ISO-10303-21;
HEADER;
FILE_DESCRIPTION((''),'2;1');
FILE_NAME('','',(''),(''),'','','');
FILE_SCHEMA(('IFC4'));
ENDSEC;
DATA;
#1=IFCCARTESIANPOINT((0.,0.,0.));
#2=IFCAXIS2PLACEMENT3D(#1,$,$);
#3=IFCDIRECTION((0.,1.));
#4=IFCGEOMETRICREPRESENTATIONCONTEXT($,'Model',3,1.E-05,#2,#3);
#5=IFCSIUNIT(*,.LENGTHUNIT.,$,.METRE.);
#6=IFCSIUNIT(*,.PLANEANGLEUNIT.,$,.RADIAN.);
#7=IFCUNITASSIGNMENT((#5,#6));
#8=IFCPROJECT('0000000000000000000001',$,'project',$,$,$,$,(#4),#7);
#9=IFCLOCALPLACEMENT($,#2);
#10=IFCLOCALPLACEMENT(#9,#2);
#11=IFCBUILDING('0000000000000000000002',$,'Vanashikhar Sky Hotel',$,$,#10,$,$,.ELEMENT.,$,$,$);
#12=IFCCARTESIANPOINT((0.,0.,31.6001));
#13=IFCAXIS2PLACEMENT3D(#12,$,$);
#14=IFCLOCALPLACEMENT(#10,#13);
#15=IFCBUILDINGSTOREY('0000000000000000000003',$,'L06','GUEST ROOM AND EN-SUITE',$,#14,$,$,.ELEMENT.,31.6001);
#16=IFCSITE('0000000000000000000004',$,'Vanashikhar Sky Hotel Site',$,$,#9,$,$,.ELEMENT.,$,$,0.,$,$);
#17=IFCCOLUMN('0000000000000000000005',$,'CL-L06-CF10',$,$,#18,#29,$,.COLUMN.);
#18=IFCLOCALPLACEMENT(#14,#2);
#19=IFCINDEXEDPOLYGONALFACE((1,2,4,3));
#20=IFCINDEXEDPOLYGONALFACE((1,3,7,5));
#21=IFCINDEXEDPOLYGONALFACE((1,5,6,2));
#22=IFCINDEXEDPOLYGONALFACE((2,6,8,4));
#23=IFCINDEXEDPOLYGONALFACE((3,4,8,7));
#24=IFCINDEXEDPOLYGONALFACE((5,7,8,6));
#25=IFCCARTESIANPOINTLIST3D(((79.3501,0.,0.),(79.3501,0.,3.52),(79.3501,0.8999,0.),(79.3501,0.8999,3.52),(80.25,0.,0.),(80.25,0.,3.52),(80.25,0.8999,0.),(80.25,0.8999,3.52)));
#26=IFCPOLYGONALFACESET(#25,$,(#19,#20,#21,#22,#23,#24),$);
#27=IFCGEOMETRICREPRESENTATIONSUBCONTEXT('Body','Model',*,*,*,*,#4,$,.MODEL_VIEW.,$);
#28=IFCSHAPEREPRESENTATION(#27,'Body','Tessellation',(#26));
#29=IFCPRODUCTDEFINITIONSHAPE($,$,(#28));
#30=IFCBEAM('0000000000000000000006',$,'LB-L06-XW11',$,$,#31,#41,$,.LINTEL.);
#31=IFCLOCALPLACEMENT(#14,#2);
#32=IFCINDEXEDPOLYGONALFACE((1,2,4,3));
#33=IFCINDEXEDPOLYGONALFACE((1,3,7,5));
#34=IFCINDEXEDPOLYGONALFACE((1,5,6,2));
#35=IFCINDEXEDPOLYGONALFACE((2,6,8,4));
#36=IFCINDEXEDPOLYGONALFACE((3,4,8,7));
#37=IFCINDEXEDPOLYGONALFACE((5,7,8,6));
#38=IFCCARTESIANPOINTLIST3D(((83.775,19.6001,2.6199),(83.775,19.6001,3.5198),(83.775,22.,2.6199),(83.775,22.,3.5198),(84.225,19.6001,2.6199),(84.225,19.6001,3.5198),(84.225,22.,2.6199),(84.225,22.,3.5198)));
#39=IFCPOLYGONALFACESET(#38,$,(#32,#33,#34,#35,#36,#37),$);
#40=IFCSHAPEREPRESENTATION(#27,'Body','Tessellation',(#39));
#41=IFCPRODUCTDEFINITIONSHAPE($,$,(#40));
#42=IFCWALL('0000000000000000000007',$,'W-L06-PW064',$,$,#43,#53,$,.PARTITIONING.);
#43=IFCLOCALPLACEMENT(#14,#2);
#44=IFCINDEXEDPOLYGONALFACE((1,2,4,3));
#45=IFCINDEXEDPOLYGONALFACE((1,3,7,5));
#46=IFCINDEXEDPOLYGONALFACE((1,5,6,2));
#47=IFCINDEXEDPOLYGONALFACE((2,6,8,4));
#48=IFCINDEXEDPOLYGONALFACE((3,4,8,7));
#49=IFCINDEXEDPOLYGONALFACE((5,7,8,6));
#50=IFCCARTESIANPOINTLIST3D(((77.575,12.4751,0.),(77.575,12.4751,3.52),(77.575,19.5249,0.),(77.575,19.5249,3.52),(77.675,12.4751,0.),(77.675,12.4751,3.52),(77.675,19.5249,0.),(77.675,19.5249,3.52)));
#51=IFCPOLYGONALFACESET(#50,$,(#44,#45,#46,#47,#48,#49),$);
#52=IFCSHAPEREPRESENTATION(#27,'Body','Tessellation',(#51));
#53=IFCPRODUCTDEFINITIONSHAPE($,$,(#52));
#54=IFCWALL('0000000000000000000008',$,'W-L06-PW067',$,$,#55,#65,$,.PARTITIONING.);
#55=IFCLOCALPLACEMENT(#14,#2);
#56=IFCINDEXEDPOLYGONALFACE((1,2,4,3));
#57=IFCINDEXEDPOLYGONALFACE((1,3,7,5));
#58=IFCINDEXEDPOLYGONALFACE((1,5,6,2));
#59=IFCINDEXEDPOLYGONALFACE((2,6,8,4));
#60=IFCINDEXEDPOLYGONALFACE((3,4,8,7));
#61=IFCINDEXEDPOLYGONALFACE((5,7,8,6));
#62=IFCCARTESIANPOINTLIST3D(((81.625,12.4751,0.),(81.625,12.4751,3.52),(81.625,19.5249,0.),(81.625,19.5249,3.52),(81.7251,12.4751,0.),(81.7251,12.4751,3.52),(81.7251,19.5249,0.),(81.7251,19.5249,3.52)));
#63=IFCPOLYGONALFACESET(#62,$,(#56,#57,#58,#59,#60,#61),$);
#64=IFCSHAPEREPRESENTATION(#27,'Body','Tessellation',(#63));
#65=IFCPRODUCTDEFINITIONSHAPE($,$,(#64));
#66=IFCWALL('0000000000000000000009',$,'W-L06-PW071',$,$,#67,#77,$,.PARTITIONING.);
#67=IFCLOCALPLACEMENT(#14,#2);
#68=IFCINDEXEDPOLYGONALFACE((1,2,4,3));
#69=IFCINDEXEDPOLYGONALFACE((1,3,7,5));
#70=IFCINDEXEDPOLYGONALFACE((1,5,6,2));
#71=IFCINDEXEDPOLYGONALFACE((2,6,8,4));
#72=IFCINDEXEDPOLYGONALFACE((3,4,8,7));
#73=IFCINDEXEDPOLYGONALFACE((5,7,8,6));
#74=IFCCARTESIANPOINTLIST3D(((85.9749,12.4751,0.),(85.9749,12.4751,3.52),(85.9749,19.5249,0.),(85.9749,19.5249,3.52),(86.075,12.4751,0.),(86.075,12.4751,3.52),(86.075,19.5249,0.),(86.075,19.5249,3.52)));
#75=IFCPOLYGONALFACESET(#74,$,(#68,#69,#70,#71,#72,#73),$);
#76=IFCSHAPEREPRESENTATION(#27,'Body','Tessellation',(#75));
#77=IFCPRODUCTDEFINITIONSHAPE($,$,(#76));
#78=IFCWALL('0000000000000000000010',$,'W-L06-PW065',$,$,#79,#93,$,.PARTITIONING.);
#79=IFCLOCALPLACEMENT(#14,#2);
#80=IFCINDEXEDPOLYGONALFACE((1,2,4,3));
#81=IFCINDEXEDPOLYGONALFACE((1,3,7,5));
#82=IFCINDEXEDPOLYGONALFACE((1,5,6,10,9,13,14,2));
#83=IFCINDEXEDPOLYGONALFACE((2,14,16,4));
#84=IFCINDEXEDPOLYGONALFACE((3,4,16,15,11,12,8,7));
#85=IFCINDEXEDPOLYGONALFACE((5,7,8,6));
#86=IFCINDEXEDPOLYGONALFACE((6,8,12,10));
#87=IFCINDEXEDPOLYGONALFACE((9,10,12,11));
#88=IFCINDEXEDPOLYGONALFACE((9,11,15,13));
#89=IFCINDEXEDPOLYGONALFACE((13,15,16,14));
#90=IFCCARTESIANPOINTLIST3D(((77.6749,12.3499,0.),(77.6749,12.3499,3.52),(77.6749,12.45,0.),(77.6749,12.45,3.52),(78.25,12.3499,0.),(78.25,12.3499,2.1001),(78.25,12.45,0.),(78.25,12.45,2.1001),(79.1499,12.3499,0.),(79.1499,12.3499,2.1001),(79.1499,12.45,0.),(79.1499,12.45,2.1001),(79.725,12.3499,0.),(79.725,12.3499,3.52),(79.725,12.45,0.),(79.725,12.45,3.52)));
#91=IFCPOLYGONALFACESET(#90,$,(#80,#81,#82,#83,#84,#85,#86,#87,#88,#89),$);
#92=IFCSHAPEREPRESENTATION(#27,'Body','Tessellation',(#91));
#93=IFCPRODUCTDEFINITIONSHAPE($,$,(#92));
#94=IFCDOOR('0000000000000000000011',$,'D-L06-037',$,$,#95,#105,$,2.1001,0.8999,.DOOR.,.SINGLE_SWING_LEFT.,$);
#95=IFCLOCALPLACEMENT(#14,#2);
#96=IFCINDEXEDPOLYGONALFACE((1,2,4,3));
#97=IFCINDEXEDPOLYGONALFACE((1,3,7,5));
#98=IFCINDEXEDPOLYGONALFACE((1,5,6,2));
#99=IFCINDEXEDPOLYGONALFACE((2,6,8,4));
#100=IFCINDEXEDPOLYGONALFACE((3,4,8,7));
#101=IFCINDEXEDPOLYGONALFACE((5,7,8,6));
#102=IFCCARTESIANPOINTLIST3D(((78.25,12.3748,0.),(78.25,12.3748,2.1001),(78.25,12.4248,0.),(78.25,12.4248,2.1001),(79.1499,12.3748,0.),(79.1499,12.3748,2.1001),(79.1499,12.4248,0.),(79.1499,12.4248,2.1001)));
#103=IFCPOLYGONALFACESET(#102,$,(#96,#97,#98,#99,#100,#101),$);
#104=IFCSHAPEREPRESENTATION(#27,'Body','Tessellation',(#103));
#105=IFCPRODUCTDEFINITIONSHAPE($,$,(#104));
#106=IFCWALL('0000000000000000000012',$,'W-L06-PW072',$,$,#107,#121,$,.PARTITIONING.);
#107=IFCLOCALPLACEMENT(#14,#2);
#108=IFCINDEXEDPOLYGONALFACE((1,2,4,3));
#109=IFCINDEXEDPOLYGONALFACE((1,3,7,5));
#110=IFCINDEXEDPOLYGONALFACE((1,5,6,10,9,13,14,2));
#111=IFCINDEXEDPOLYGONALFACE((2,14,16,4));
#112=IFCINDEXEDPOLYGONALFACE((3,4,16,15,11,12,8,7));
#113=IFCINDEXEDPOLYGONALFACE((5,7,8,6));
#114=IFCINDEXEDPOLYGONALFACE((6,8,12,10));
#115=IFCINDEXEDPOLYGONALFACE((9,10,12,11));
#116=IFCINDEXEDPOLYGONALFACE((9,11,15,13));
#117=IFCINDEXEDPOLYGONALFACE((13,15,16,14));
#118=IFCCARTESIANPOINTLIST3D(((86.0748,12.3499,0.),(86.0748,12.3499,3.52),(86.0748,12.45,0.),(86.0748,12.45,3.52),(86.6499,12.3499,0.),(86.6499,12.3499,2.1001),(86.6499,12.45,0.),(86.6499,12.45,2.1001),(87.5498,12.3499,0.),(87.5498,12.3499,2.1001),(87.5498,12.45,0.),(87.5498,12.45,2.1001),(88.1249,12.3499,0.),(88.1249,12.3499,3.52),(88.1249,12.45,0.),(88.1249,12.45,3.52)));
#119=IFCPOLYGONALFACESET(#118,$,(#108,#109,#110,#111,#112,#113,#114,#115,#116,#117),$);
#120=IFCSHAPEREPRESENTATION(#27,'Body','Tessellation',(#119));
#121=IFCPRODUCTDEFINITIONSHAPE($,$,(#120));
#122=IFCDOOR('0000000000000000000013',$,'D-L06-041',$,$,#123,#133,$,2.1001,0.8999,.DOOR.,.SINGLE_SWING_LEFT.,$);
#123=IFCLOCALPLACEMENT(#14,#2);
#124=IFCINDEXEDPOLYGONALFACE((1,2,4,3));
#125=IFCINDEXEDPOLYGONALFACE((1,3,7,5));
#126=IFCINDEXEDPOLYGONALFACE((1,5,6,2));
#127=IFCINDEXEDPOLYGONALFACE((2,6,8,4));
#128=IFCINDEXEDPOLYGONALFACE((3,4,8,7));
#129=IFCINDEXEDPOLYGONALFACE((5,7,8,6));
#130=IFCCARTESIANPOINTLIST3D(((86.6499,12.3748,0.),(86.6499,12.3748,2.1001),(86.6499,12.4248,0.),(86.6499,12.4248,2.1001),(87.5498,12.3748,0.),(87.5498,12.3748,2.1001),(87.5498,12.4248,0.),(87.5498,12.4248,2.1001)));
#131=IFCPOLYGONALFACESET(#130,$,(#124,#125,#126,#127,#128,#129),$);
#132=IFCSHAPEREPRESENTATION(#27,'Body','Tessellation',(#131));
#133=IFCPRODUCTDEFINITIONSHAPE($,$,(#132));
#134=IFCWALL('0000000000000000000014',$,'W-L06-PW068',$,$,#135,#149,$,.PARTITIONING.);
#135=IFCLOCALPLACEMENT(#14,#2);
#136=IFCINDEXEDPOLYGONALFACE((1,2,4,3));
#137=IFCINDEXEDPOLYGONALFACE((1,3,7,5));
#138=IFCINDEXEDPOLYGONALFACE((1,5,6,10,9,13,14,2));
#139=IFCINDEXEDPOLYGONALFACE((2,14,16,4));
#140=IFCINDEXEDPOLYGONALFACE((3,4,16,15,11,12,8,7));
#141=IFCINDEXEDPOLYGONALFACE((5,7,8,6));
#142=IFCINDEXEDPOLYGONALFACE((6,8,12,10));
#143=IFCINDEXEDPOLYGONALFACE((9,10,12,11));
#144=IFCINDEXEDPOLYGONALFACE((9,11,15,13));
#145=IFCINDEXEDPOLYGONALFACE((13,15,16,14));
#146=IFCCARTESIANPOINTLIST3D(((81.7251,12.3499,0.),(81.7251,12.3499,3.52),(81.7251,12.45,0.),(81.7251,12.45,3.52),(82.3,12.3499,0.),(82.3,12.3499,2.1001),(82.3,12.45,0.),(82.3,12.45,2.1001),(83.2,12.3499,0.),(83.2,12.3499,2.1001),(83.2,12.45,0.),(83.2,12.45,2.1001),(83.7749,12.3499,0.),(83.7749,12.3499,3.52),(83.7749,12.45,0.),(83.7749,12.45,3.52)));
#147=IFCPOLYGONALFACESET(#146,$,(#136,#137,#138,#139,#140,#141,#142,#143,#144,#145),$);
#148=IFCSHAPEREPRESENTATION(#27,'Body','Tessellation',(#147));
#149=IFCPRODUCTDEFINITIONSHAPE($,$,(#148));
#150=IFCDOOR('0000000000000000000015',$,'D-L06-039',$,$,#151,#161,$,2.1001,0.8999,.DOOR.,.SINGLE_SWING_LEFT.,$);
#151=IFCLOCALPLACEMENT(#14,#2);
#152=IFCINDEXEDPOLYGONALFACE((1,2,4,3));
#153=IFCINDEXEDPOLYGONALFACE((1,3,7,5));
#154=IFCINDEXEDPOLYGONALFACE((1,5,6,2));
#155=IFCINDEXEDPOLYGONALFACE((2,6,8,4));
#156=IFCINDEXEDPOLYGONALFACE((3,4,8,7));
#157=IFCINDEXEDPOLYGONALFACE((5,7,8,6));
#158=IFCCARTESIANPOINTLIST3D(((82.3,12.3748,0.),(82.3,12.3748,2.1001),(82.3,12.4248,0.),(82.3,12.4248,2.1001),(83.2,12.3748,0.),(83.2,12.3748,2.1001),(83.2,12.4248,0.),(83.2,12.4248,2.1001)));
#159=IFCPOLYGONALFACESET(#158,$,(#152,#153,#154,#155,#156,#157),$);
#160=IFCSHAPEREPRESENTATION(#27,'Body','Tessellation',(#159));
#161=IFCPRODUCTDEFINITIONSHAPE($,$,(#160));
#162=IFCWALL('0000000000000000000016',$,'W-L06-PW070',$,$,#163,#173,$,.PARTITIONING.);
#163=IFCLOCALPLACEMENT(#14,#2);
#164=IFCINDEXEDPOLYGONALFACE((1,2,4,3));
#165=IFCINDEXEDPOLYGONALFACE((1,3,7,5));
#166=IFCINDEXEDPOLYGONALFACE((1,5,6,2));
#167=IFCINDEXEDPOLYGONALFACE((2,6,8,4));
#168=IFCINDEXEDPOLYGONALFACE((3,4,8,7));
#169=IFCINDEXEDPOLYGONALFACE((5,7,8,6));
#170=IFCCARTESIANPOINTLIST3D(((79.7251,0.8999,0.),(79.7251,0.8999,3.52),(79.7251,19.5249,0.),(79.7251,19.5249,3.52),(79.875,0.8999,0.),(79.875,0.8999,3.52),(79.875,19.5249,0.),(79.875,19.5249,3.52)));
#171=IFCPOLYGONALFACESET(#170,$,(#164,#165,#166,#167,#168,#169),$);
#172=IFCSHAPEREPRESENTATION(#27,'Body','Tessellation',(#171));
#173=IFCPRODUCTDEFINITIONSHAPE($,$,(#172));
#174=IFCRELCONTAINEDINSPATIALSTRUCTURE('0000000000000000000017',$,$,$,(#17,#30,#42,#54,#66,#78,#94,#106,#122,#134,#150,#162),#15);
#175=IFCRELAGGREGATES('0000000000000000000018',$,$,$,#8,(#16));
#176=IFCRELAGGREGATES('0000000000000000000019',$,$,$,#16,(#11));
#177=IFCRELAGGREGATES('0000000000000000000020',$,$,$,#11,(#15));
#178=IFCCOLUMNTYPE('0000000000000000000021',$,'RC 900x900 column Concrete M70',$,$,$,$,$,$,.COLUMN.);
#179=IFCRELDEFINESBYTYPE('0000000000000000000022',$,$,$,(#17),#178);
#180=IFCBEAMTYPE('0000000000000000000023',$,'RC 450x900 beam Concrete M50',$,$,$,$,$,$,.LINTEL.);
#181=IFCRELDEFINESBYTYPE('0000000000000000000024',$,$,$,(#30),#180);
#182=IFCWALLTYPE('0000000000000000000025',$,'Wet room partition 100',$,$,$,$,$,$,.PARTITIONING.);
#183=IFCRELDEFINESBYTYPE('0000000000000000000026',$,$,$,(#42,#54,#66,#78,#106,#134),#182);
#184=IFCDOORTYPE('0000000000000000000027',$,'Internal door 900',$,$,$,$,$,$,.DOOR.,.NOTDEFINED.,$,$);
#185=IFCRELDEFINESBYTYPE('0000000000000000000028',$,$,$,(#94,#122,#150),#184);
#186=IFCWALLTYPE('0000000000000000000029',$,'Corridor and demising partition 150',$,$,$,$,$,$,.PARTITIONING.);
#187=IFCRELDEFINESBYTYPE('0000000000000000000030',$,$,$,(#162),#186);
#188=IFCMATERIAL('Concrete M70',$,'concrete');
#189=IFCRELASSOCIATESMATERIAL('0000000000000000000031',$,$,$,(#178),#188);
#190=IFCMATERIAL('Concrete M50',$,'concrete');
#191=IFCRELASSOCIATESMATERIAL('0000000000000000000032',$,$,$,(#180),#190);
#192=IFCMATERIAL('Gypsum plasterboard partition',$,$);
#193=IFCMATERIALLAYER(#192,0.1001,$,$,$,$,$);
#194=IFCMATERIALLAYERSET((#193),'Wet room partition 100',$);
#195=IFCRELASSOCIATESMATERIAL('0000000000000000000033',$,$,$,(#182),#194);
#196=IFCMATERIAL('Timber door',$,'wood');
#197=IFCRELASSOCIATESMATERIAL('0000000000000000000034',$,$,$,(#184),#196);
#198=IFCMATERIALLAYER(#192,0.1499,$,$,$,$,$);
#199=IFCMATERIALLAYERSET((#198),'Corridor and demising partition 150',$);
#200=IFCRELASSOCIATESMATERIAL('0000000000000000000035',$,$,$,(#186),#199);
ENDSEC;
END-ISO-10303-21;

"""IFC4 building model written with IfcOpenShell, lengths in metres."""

from ifc_helpers import new_model, si_unit, direction, frame, frame_2d, origin, origin_2d, place, context, subcontext, project, spatial, rectangle, extrude, source, transform, mapped, material, layer, layer_set, material_profile, profile_set, type_object, element, fill, save


model = new_model("IFC4")

# Units and contexts
model_context = context("Model", 3, precision=1e-05, world=origin(), true_north=direction((0.0, 1.0)))
body_context = subcontext(model_context, "Body", "Model", "MODEL_VIEW")
ifc_project = project(units=[si_unit("LENGTHUNIT", "METRE"), si_unit("PLANEANGLEUNIT", "RADIAN")], contexts=[model_context])

# Site, building, storey
site_placement = place(None, origin())
site = spatial("IfcSite", under=ifc_project, at=site_placement, Name="Vanashikhar Sky Hotel Site", CompositionType="ELEMENT", RefElevation=0.0)
building_placement = place(site_placement, origin())
building = spatial("IfcBuilding", under=site, at=building_placement, Name="Vanashikhar Sky Hotel", CompositionType="ELEMENT")
storey_placement = place(building_placement, frame((0.0, 0.0, 31.6001)))
storey = spatial("IfcBuildingStorey", under=building, at=storey_placement, Name="L06", Description="GUEST ROOM AND EN-SUITE", CompositionType="ELEMENT", Elevation=31.6001)

# Column
ifc_material_1 = material(Name="Concrete M70", Category="concrete")
ifc_material_profile_1 = material_profile(ifc_material_1, rectangle(XDim=0.8999, YDim=0.8999, at=origin_2d()))
ifc_profile_set_1 = profile_set([ifc_material_profile_1], Name="RC 900x900 column Concrete M70")
column_type = type_object("IfcColumnType", Name="RC 900x900 column Concrete M70", PredefinedType="COLUMN", material=ifc_profile_set_1)
shared_shape_1 = source(origin(), body_context, "Body", "SweptSolid", [
    extrude(rectangle(XDim=0.8999, YDim=0.8999, at=origin_2d()), origin(), (0.0, 0.0, 1.0), 3.52),
])
column_placement = place(storey_placement, frame((79.8, 0.45, 0.0), z_axis=(0.0, 0.0, 1.0), x_axis=(1.0, 0.0, 0.0)))
element("IfcColumn", 1, at=column_placement, inside=storey, type_object=column_type, Name="CL-L06-CF10", PredefinedType="COLUMN", context=body_context, shape_type="MappedRepresentation", body=[
    mapped(shared_shape_1, transform((0.0, 0.0, 0.0), scale=1.0)),
])

# Beam
ifc_material_2 = material(Name="Concrete M50", Category="concrete")
ifc_material_profile_2 = material_profile(ifc_material_2, rectangle(XDim=0.45, YDim=0.8999, at=origin_2d()))
ifc_profile_set_2 = profile_set([ifc_material_profile_2], Name="RC 450x900 beam Concrete M50")
beam_type = type_object("IfcBeamType", Name="RC 450x900 beam Concrete M50", PredefinedType="LINTEL", material=ifc_profile_set_2)
shared_shape_2 = source(origin(), body_context, "Body", "SweptSolid", [
    extrude(rectangle(XDim=0.45, YDim=0.8999, at=origin_2d()), origin(), (0.0, 0.0, 1.0), 2.3999),
])
beam_placement = place(storey_placement, frame((84.0, 19.6001, 3.0698), z_axis=(0.0, 1.0, 0.0), x_axis=(-1.0, 0.0, 0.0)))
element("IfcBeam", 2, at=beam_placement, inside=storey, type_object=beam_type, Name="LB-L06-XW11", PredefinedType="LINTEL", context=body_context, shape_type="MappedRepresentation", body=[
    mapped(shared_shape_2, transform((0.0, 0.0, 0.0), scale=1.0)),
])

# Walls
ifc_material_3 = material(Name="Gypsum plasterboard partition")
ifc_layer_1 = layer(ifc_material_3, 0.1001)
ifc_layer_set_1 = layer_set([ifc_layer_1], Name="Wet room partition 100")
wall_type_1 = type_object("IfcWallType", Name="Wet room partition 100", PredefinedType="PARTITIONING", material=ifc_layer_set_1)
shared_shape_3 = source(origin(), body_context, "Body", "SweptSolid", [
    extrude(rectangle(XDim=7.0498, YDim=0.1001, at=frame_2d((3.5249, 0.0))), origin(), (0.0, 0.0, 1.0), 3.52),
])
for number, where, z_axis, x_axis, name in (
    (3, (77.625, 12.4751, 0.0), (0.0, 0.0, 1.0), (0.0, 1.0, 0.0), "W-L06-PW064"),
    (4, (81.675, 12.4751, 0.0), (0.0, 0.0, 1.0), (0.0, 1.0, 0.0), "W-L06-PW067"),
    (5, (86.0249, 12.4751, 0.0), (0.0, 0.0, 1.0), (0.0, 1.0, 0.0), "W-L06-PW071"),
):
    element("IfcWall", number, at=place(storey_placement, frame(where, z_axis=z_axis, x_axis=x_axis)), inside=storey, type_object=wall_type_1, Name=name, PredefinedType="PARTITIONING", context=body_context, shape_type="MappedRepresentation", body=[
        mapped(shared_shape_3, transform((0.0, 0.0, 0.0), scale=1.0)),
    ])

# Walls, openings, doors
shared_shape_4 = source(origin(), body_context, "Body", "SweptSolid", [
    extrude(rectangle(XDim=2.05, YDim=0.1001, at=frame_2d((1.0249, 0.0))), origin(), (0.0, 0.0, 1.0), 3.52),
])
wall_1_placement = place(storey_placement, frame((77.675, 12.3999, 0.0), z_axis=(0.0, 0.0, 1.0), x_axis=(1.0, 0.0, 0.0)))
wall_1 = element("IfcWall", 6, at=wall_1_placement, inside=storey, type_object=wall_type_1, Name="W-L06-PW065", PredefinedType="PARTITIONING", context=body_context, shape_type="MappedRepresentation", body=[
    mapped(shared_shape_4, transform((0.0, 0.0, 0.0), scale=1.0)),
])
shared_shape_5 = source(origin(), body_context, "Body", "SweptSolid", [
    extrude(rectangle(XDim=0.8999, YDim=2.1001, at=frame_2d((0.45, 1.05))), frame((0.0, 0.0601, 0.0), z_axis=(0.0, -1.0, 0.0), x_axis=(1.0, 0.0, 0.0)), (0.0, 0.0, 1.0), 0.1201),
])
opening_1_placement = place(wall_1_placement, frame((0.575, 0.0, 0.0)))
opening_1 = element("IfcOpeningElement", 7, at=opening_1_placement, cuts=wall_1, PredefinedType="OPENING", context=body_context, shape_type="MappedRepresentation", body=[
    mapped(shared_shape_5, transform((0.0, 0.0, 0.0), scale=1.0)),
])
ifc_material_4 = material(Name="Timber door", Category="wood")
door_type_1 = type_object("IfcDoorType", Name="Internal door 900", OperationType="NOTDEFINED", PredefinedType="DOOR", material=ifc_material_4)
shared_shape_6 = source(origin(), body_context, "Body", "SweptSolid", [
    extrude(rectangle(XDim=0.8999, YDim=2.1001, at=frame_2d((0.45, 1.05))), frame((0.0, 0.0249, 0.0), z_axis=(0.0, -1.0, 0.0), x_axis=(1.0, 0.0, 0.0)), (0.0, 0.0, 1.0), 0.05),
])
door_1_placement = place(opening_1_placement, origin())
door_1 = element("IfcDoor", 8, at=door_1_placement, inside=storey, type_object=door_type_1, Name="D-L06-037", OperationType="SINGLE_SWING_LEFT", OverallHeight=2.1001, OverallWidth=0.8999, PredefinedType="DOOR", context=body_context, shape_type="MappedRepresentation", body=[
    mapped(shared_shape_6, transform((0.0, 0.0, 0.0), scale=1.0)),
])
fill(opening_1, door_1)
wall_2_placement = place(storey_placement, frame((86.075, 12.3999, 0.0), z_axis=(0.0, 0.0, 1.0), x_axis=(1.0, 0.0, 0.0)))
wall_2 = element("IfcWall", 9, at=wall_2_placement, inside=storey, type_object=wall_type_1, Name="W-L06-PW072", PredefinedType="PARTITIONING", context=body_context, shape_type="MappedRepresentation", body=[
    mapped(shared_shape_4, transform((0.0, 0.0, 0.0), scale=1.0)),
])
opening_2_placement = place(wall_2_placement, frame((0.575, 0.0, 0.0)))
opening_2 = element("IfcOpeningElement", 10, at=opening_2_placement, cuts=wall_2, PredefinedType="OPENING", context=body_context, shape_type="MappedRepresentation", body=[
    mapped(shared_shape_5, transform((0.0, 0.0, 0.0), scale=1.0)),
])
door_2_placement = place(opening_2_placement, origin())
door_2 = element("IfcDoor", 11, at=door_2_placement, inside=storey, type_object=door_type_1, Name="D-L06-041", OperationType="SINGLE_SWING_LEFT", OverallHeight=2.1001, OverallWidth=0.8999, PredefinedType="DOOR", context=body_context, shape_type="MappedRepresentation", body=[
    mapped(shared_shape_6, transform((0.0, 0.0, 0.0), scale=1.0)),
])
fill(opening_2, door_2)
shared_shape_7 = source(origin(), body_context, "Body", "SweptSolid", [
    extrude(rectangle(XDim=2.0498, YDim=0.1001, at=frame_2d((1.0249, 0.0))), origin(), (0.0, 0.0, 1.0), 3.52),
])
wall_3_placement = place(storey_placement, frame((81.7251, 12.3999, 0.0), z_axis=(0.0, 0.0, 1.0), x_axis=(1.0, 0.0, 0.0)))
wall_3 = element("IfcWall", 12, at=wall_3_placement, inside=storey, type_object=wall_type_1, Name="W-L06-PW068", PredefinedType="PARTITIONING", context=body_context, shape_type="MappedRepresentation", body=[
    mapped(shared_shape_7, transform((0.0, 0.0, 0.0), scale=1.0)),
])
opening_3_placement = place(wall_3_placement, frame((0.575, 0.0, 0.0)))
opening_3 = element("IfcOpeningElement", 13, at=opening_3_placement, cuts=wall_3, PredefinedType="OPENING", context=body_context, shape_type="MappedRepresentation", body=[
    mapped(shared_shape_5, transform((0.0, 0.0, 0.0), scale=1.0)),
])
door_3_placement = place(opening_3_placement, origin())
door_3 = element("IfcDoor", 14, at=door_3_placement, inside=storey, type_object=door_type_1, Name="D-L06-039", OperationType="SINGLE_SWING_LEFT", OverallHeight=2.1001, OverallWidth=0.8999, PredefinedType="DOOR", context=body_context, shape_type="MappedRepresentation", body=[
    mapped(shared_shape_6, transform((0.0, 0.0, 0.0), scale=1.0)),
])
fill(opening_3, door_3)

# Wall
ifc_layer_2 = layer(ifc_material_3, 0.1499)
ifc_layer_set_2 = layer_set([ifc_layer_2], Name="Corridor and demising partition 150")
wall_type_2 = type_object("IfcWallType", Name="Corridor and demising partition 150", PredefinedType="PARTITIONING", material=ifc_layer_set_2)
shared_shape_8 = source(origin(), body_context, "Body", "SweptSolid", [
    extrude(rectangle(XDim=18.625, YDim=0.1499, at=frame_2d((9.3125, 0.0))), origin(), (0.0, 0.0, 1.0), 3.52),
])
wall_4_placement = place(storey_placement, frame((79.8, 0.8999, 0.0), z_axis=(0.0, 0.0, 1.0), x_axis=(0.0, 1.0, 0.0)))
element("IfcWall", 15, at=wall_4_placement, inside=storey, type_object=wall_type_2, Name="W-L06-PW070", PredefinedType="PARTITIONING", context=body_context, shape_type="MappedRepresentation", body=[
    mapped(shared_shape_8, transform((0.0, 0.0, 0.0), scale=1.0)),
])

save(model, "model.ifc")
